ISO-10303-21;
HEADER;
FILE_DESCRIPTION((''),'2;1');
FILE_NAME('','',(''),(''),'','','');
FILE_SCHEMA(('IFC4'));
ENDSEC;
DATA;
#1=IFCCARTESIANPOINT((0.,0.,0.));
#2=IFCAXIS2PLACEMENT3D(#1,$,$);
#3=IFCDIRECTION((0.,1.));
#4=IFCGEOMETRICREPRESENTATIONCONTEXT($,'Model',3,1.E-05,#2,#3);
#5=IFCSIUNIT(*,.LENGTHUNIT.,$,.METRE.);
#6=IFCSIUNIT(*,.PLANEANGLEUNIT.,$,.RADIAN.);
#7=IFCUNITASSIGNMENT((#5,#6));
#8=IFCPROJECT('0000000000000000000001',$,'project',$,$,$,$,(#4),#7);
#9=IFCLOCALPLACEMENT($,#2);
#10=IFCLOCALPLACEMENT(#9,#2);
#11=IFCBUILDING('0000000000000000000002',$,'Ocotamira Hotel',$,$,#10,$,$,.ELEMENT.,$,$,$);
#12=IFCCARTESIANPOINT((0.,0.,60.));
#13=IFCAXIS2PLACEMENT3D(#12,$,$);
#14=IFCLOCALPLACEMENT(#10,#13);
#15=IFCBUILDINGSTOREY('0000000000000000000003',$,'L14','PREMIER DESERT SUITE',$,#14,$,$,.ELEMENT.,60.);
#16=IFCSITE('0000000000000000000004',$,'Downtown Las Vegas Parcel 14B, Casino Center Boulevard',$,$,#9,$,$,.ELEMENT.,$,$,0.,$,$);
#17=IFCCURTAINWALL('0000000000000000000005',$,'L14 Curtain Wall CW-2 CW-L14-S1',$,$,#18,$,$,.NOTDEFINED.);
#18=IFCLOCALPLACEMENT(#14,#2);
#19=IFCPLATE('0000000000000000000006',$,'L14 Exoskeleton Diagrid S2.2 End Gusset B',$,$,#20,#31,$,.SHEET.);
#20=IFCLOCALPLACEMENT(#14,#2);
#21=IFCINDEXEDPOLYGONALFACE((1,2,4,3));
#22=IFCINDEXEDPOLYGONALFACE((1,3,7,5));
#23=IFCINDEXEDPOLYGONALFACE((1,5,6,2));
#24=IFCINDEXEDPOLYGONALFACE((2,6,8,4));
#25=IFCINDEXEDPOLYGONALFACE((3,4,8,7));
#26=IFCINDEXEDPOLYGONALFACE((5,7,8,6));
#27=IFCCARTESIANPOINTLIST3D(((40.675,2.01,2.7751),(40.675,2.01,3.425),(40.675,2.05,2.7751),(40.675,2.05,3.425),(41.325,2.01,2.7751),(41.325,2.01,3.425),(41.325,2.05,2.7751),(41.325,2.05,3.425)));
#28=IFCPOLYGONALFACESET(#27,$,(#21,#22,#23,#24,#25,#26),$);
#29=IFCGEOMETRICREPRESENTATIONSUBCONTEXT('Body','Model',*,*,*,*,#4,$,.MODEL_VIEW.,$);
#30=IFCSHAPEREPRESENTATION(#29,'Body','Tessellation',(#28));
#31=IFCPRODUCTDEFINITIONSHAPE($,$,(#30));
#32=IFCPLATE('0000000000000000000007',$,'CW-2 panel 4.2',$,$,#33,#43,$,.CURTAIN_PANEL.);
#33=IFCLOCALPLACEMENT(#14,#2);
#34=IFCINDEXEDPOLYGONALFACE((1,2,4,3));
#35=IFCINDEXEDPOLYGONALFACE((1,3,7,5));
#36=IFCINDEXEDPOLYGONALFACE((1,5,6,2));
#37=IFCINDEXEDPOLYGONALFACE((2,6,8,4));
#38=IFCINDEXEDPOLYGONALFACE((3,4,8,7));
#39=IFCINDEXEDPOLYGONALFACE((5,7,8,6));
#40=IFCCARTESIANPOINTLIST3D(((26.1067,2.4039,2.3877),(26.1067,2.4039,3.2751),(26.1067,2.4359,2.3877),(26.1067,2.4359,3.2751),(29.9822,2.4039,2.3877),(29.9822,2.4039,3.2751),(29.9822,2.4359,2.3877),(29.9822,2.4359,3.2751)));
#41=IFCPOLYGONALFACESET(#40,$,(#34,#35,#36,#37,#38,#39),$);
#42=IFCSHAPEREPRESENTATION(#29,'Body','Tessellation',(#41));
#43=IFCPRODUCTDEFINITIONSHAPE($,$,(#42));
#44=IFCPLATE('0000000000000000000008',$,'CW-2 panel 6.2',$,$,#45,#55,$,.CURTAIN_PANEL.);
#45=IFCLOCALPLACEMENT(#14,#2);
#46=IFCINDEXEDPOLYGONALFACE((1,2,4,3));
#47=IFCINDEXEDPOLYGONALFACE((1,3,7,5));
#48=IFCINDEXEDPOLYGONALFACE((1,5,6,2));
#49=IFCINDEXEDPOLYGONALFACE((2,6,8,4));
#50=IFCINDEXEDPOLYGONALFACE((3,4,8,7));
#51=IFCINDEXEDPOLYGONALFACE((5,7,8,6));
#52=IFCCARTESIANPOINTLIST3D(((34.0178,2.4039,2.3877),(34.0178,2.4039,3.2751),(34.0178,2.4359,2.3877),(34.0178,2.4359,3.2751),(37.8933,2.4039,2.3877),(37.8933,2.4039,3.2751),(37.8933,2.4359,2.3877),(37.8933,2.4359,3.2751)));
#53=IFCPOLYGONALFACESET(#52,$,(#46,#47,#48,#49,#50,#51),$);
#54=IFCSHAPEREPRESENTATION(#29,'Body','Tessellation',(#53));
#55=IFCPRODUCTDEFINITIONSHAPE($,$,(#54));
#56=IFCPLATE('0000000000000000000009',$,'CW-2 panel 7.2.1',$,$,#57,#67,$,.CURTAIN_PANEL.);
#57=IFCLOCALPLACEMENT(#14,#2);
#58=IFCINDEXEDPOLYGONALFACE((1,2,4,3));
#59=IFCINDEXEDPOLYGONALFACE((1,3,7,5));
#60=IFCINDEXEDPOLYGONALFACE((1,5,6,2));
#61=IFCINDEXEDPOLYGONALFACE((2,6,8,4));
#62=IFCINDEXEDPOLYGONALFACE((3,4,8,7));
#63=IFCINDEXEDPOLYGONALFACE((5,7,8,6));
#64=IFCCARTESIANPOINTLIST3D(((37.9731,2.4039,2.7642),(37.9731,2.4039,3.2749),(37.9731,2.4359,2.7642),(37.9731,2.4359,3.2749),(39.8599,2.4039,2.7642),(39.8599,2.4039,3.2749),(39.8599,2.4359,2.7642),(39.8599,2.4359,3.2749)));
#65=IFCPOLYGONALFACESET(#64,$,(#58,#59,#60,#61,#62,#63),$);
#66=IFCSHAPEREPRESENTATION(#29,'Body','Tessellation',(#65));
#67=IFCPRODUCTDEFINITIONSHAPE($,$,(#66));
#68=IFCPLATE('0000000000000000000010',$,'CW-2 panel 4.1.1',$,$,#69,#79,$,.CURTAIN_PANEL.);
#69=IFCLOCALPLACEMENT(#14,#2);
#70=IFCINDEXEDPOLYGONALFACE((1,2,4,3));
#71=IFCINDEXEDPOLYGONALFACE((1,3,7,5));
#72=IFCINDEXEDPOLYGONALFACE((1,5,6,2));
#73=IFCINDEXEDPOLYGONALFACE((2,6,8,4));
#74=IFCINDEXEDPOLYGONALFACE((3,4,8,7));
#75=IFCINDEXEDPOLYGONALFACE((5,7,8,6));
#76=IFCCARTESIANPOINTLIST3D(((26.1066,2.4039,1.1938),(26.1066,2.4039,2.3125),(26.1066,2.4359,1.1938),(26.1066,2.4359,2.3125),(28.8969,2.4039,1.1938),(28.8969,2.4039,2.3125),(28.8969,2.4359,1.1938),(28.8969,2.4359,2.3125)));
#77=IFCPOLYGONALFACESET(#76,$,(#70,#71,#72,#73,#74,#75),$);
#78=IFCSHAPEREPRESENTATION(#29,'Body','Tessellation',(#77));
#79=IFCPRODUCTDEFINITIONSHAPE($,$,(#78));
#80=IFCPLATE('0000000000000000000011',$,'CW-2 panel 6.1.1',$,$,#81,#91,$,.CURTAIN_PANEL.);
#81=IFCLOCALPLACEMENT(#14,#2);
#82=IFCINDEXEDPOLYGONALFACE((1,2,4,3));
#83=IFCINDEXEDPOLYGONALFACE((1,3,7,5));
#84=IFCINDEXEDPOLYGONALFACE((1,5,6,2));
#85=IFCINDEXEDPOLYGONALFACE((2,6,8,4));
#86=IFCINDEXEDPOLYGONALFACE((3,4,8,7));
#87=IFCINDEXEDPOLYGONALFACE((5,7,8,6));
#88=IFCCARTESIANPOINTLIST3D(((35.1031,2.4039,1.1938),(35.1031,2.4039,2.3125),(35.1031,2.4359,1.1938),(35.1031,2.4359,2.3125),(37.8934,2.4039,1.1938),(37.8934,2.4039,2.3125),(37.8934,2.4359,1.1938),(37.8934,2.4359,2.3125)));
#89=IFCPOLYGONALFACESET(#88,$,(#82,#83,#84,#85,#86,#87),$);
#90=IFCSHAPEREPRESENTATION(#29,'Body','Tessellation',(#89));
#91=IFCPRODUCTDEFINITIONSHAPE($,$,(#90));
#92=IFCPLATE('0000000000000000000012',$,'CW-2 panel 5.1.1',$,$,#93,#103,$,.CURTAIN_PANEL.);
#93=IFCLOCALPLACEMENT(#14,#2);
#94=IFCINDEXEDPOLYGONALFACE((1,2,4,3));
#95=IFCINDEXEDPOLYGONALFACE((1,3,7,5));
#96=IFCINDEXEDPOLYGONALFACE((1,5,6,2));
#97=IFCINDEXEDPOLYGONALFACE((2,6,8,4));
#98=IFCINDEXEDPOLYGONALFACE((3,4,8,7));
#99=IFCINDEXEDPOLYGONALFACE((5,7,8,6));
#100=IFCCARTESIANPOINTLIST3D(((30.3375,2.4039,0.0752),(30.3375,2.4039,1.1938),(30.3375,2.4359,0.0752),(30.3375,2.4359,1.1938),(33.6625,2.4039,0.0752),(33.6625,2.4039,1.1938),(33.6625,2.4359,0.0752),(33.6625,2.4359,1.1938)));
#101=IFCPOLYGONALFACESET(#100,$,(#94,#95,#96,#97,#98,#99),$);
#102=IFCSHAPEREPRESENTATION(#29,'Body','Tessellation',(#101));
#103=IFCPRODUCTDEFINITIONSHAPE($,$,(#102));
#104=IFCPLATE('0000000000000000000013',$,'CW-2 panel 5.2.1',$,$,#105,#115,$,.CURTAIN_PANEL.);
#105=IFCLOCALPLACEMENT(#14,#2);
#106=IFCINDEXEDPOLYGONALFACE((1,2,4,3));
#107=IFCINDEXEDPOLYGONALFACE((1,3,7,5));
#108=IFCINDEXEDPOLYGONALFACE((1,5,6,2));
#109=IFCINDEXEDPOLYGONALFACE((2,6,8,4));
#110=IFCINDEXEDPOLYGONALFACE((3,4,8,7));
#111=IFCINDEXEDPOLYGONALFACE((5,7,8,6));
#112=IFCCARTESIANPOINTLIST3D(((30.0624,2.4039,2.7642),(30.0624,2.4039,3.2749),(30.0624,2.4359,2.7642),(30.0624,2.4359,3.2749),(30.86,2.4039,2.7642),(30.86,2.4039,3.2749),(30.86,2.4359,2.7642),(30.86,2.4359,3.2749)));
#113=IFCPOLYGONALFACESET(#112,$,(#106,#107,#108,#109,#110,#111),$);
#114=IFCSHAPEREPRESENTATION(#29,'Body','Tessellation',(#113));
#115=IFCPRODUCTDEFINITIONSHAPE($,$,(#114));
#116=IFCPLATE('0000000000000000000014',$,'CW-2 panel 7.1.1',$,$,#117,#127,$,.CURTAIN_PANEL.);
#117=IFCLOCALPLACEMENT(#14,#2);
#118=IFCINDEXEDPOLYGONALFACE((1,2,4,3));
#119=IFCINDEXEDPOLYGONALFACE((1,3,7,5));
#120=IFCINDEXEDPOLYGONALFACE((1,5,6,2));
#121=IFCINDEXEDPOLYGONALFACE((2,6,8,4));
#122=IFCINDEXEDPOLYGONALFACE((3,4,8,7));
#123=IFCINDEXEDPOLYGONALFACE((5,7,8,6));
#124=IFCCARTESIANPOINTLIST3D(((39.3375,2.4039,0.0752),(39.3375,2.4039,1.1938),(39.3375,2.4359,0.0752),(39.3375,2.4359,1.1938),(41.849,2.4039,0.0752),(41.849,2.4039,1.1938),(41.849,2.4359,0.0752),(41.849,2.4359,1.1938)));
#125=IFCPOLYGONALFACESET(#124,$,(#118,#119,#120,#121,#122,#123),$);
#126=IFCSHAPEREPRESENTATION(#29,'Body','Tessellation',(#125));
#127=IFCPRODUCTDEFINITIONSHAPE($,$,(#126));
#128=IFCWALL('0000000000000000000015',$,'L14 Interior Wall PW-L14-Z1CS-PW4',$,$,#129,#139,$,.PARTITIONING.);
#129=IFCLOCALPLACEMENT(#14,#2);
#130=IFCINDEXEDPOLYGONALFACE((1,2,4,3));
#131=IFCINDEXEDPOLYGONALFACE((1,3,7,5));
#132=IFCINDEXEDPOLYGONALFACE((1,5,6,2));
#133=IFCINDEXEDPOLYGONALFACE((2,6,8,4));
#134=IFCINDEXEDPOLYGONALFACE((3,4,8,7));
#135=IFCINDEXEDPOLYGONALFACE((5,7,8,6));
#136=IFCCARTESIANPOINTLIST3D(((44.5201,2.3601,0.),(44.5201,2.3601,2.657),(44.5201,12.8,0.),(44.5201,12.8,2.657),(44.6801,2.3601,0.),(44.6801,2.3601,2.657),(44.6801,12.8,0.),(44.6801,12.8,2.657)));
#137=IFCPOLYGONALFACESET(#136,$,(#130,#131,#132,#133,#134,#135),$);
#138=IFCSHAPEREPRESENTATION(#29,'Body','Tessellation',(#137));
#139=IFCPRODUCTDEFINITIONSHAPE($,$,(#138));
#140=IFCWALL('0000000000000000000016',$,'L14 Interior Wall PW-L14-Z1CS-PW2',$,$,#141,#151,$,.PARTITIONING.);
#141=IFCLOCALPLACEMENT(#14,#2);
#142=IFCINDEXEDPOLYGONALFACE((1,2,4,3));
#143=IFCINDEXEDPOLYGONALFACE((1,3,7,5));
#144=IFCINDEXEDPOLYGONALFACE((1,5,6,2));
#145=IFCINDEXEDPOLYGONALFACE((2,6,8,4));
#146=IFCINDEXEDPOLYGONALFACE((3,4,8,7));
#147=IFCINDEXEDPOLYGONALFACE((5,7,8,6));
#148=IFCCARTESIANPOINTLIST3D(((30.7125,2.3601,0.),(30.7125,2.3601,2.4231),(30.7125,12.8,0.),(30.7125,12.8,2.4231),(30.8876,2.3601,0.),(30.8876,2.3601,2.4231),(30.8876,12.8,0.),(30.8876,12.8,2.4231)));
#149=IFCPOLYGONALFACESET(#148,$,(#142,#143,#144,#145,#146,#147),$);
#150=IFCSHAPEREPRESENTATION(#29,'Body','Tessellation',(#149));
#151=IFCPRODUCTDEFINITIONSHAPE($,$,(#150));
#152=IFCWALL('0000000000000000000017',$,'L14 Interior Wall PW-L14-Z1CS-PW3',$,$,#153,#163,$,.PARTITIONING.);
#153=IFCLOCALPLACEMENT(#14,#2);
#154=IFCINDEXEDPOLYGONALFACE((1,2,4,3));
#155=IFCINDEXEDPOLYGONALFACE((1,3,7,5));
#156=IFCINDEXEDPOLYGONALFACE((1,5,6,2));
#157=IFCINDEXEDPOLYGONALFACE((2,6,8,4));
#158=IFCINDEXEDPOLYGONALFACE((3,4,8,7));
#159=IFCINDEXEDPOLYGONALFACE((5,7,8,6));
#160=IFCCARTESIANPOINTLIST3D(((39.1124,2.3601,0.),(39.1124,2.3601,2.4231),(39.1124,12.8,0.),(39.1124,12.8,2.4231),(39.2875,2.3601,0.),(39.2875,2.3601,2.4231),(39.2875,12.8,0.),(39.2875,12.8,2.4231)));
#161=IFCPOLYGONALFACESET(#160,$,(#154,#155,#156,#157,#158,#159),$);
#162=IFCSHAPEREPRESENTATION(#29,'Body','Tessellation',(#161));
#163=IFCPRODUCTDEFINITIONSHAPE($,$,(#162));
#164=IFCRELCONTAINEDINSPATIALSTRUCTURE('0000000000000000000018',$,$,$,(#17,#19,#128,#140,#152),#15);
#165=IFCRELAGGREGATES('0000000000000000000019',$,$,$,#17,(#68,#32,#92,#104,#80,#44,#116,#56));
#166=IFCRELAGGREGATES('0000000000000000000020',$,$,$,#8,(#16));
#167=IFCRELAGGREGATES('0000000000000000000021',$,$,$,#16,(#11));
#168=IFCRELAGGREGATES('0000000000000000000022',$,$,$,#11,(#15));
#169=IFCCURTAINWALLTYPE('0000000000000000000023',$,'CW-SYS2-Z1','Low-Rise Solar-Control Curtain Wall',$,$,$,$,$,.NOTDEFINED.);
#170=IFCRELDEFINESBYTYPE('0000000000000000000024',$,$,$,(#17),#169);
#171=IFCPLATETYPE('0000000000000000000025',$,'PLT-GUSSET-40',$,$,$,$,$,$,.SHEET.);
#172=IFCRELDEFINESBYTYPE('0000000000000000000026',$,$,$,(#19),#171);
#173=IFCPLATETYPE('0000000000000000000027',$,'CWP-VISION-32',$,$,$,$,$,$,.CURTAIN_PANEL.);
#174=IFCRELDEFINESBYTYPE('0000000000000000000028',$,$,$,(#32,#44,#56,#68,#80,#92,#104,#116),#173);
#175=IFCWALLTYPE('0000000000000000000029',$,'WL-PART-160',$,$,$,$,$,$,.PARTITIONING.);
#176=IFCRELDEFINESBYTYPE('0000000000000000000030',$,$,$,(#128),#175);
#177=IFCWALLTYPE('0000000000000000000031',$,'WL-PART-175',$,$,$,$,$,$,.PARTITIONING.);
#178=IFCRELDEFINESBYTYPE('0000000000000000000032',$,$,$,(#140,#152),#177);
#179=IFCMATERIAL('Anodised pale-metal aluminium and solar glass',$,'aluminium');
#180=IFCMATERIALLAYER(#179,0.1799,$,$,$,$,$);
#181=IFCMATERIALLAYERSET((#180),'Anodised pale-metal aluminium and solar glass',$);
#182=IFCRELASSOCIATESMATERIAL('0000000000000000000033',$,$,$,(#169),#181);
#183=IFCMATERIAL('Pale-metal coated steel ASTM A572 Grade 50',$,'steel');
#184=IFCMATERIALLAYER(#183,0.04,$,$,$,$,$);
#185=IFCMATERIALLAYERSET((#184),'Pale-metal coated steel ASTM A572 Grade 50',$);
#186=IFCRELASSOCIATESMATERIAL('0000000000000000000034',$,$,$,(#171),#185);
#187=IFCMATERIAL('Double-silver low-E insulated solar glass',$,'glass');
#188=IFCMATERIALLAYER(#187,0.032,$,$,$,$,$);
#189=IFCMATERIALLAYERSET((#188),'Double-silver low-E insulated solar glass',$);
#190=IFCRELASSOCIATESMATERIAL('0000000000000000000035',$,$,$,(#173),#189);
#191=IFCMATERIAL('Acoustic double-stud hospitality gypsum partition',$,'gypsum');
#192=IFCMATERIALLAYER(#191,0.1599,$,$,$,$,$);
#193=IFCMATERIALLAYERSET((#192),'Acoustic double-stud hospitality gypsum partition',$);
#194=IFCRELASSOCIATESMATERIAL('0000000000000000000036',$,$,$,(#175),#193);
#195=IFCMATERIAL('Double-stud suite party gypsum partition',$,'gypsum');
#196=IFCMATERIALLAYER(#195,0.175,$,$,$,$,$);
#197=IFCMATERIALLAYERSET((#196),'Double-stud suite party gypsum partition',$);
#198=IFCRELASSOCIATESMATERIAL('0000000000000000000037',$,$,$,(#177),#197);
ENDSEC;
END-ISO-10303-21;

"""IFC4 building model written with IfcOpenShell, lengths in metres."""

from ifc_helpers import new_model, si_unit, direction, frame, frame_2d, origin, origin_2d, place, context, subcontext, project, spatial, rectangle, extrude, source, transform, mapped, material, layer, layer_set, type_object, element, aggregate, save


model = new_model("IFC4")

# Units and contexts
model_context = context("Model", 3, precision=1e-05, world=origin(), true_north=direction((0.0, 1.0)))
body_context = subcontext(model_context, "Body", "Model", "MODEL_VIEW")
ifc_project = project(units=[si_unit("LENGTHUNIT", "METRE"), si_unit("PLANEANGLEUNIT", "RADIAN")], contexts=[model_context])

# Site, building, storey
site_placement = place(None, origin())
site = spatial("IfcSite", under=ifc_project, at=site_placement, Name="Downtown Las Vegas Parcel 14B, Casino Center Boulevard", CompositionType="ELEMENT", RefElevation=0.0)
building_placement = place(site_placement, origin())
building = spatial("IfcBuilding", under=site, at=building_placement, Name="Ocotamira Hotel", CompositionType="ELEMENT")
storey_placement = place(building_placement, frame((0.0, 0.0, 60.0)))
storey = spatial("IfcBuildingStorey", under=building, at=storey_placement, Name="L14", Description="PREMIER DESERT SUITE", CompositionType="ELEMENT", Elevation=60.0)

# Curtain wall
ifc_material_1 = material(Name="Anodised pale-metal aluminium and solar glass", Category="aluminium")
ifc_layer_1 = layer(ifc_material_1, 0.1799)
ifc_layer_set_1 = layer_set([ifc_layer_1], Name="Anodised pale-metal aluminium and solar glass")
curtain_wall_type = type_object("IfcCurtainWallType", Name="CW-SYS2-Z1", Description="Low-Rise Solar-Control Curtain Wall", PredefinedType="NOTDEFINED", material=ifc_layer_set_1)
curtain_wall_placement = place(storey_placement, origin())
curtain_wall = element("IfcCurtainWall", 1, at=curtain_wall_placement, inside=storey, type_object=curtain_wall_type, Name="L14 Curtain Wall CW-2 CW-L14-S1", PredefinedType="NOTDEFINED")

# Plate
ifc_material_2 = material(Name="Pale-metal coated steel ASTM A572 Grade 50", Category="steel")
ifc_layer_2 = layer(ifc_material_2, 0.04)
ifc_layer_set_2 = layer_set([ifc_layer_2], Name="Pale-metal coated steel ASTM A572 Grade 50")
plate_type_1 = type_object("IfcPlateType", Name="PLT-GUSSET-40", PredefinedType="SHEET", material=ifc_layer_set_2)
shared_shape_1 = source(origin(), body_context, "Body", "SweptSolid", [
    extrude(rectangle(XDim=0.6499, YDim=0.04, at=origin_2d()), origin(), (0.0, 0.0, 1.0), 0.6499),
])
for number, where, z_axis, x_axis, name in (
    (2, (41.0, 2.03, 2.7751), (0.0, 0.0, 1.0), (1.0, 0.0, 0.0), "L14 Exoskeleton Diagrid S2.2 End Gusset B"),
):
    element("IfcPlate", number, at=place(storey_placement, frame(where, z_axis=z_axis, x_axis=x_axis)), inside=storey, type_object=plate_type_1, Name=name, PredefinedType="SHEET", context=body_context, shape_type="MappedRepresentation", body=[
        mapped(shared_shape_1, transform((0.0, 0.0, 0.0), scale=1.0)),
    ])

# Plates
ifc_material_3 = material(Name="Double-silver low-E insulated solar glass", Category="glass")
ifc_layer_3 = layer(ifc_material_3, 0.032)
ifc_layer_set_3 = layer_set([ifc_layer_3], Name="Double-silver low-E insulated solar glass")
plate_type_2 = type_object("IfcPlateType", Name="CWP-VISION-32", PredefinedType="CURTAIN_PANEL", material=ifc_layer_set_3)
shared_shape_2 = source(origin(), body_context, "Body", "SweptSolid", [
    extrude(rectangle(XDim=3.8755, YDim=0.032, at=origin_2d()), origin(), (0.0, 0.0, 1.0), 0.8875),
])
plate_1_placement = place(storey_placement, frame((28.0444, 2.4199, 2.3877), z_axis=(0.0, 0.0, 1.0), x_axis=(1.0, 0.0, 0.0)))
plate_1 = element("IfcPlate", 3, at=plate_1_placement, type_object=plate_type_2, Name="CW-2 panel 4.2", PredefinedType="CURTAIN_PANEL", context=body_context, shape_type="MappedRepresentation", body=[
    mapped(shared_shape_2, transform((0.0, 0.0, 0.0), scale=1.0)),
])
plate_2_placement = place(storey_placement, frame((35.9556, 2.4199, 2.3877), z_axis=(0.0, 0.0, 1.0), x_axis=(1.0, 0.0, 0.0)))
plate_2 = element("IfcPlate", 4, at=plate_2_placement, type_object=plate_type_2, Name="CW-2 panel 6.2", PredefinedType="CURTAIN_PANEL", context=body_context, shape_type="MappedRepresentation", body=[
    mapped(shared_shape_2, transform((0.0, 0.0, 0.0), scale=1.0)),
])
shared_shape_3 = source(origin(), body_context, "Body", "SweptSolid", [
    extrude(rectangle(XDim=1.8867, YDim=0.032, at=origin_2d()), origin(), (0.0, 0.0, 1.0), 0.5107),
])
plate_3_placement = place(storey_placement, frame((38.9165, 2.4199, 2.7642), z_axis=(0.0, 0.0, 1.0), x_axis=(1.0, 0.0, 0.0)))
plate_3 = element("IfcPlate", 5, at=plate_3_placement, type_object=plate_type_2, Name="CW-2 panel 7.2.1", PredefinedType="CURTAIN_PANEL", context=body_context, shape_type="MappedRepresentation", body=[
    mapped(shared_shape_3, transform((0.0, 0.0, 0.0), scale=1.0)),
])
shared_shape_4 = source(origin(), body_context, "Body", "SweptSolid", [
    extrude(rectangle(XDim=2.7903, YDim=0.032, at=origin_2d()), origin(), (0.0, 0.0, 1.0), 1.1187),
])
plate_4_placement = place(storey_placement, frame((27.5017, 2.4199, 1.1938), z_axis=(0.0, 0.0, 1.0), x_axis=(1.0, 0.0, 0.0)))
plate_4 = element("IfcPlate", 6, at=plate_4_placement, type_object=plate_type_2, Name="CW-2 panel 4.1.1", PredefinedType="CURTAIN_PANEL", context=body_context, shape_type="MappedRepresentation", body=[
    mapped(shared_shape_4, transform((0.0, 0.0, 0.0), scale=1.0)),
])
plate_5_placement = place(storey_placement, frame((36.4983, 2.4199, 1.1938), z_axis=(0.0, 0.0, 1.0), x_axis=(1.0, 0.0, 0.0)))
plate_5 = element("IfcPlate", 7, at=plate_5_placement, type_object=plate_type_2, Name="CW-2 panel 6.1.1", PredefinedType="CURTAIN_PANEL", context=body_context, shape_type="MappedRepresentation", body=[
    mapped(shared_shape_4, transform((0.0, 0.0, 0.0), scale=1.0)),
])
shared_shape_5 = source(origin(), body_context, "Body", "SweptSolid", [
    extrude(rectangle(XDim=3.325, YDim=0.032, at=origin_2d()), origin(), (0.0, 0.0, 1.0), 1.1187),
])
plate_6_placement = place(storey_placement, frame((32.0, 2.4199, 0.0752), z_axis=(0.0, 0.0, 1.0), x_axis=(1.0, 0.0, 0.0)))
plate_6 = element("IfcPlate", 8, at=plate_6_placement, type_object=plate_type_2, Name="CW-2 panel 5.1.1", PredefinedType="CURTAIN_PANEL", context=body_context, shape_type="MappedRepresentation", body=[
    mapped(shared_shape_5, transform((0.0, 0.0, 0.0), scale=1.0)),
])
shared_shape_6 = source(origin(), body_context, "Body", "SweptSolid", [
    extrude(rectangle(XDim=0.7976, YDim=0.032, at=origin_2d()), origin(), (0.0, 0.0, 1.0), 0.5107),
])
plate_7_placement = place(storey_placement, frame((30.4612, 2.4199, 2.7642), z_axis=(0.0, 0.0, 1.0), x_axis=(1.0, 0.0, 0.0)))
plate_7 = element("IfcPlate", 9, at=plate_7_placement, type_object=plate_type_2, Name="CW-2 panel 5.2.1", PredefinedType="CURTAIN_PANEL", context=body_context, shape_type="MappedRepresentation", body=[
    mapped(shared_shape_6, transform((0.0, 0.0, 0.0), scale=1.0)),
])
shared_shape_7 = source(origin(), body_context, "Body", "SweptSolid", [
    extrude(rectangle(XDim=2.5115, YDim=0.032, at=origin_2d()), origin(), (0.0, 0.0, 1.0), 1.1187),
])
plate_8_placement = place(storey_placement, frame((40.5933, 2.4199, 0.0752), z_axis=(0.0, 0.0, 1.0), x_axis=(1.0, 0.0, 0.0)))
plate_8 = element("IfcPlate", 10, at=plate_8_placement, type_object=plate_type_2, Name="CW-2 panel 7.1.1", PredefinedType="CURTAIN_PANEL", context=body_context, shape_type="MappedRepresentation", body=[
    mapped(shared_shape_7, transform((0.0, 0.0, 0.0), scale=1.0)),
])
aggregate(curtain_wall, [plate_4, plate_1, plate_6, plate_7, plate_5, plate_2, plate_8, plate_3])

# Walls
ifc_material_4 = material(Name="Acoustic double-stud hospitality gypsum partition", Category="gypsum")
ifc_layer_4 = layer(ifc_material_4, 0.1599)
ifc_layer_set_4 = layer_set([ifc_layer_4], Name="Acoustic double-stud hospitality gypsum partition")
wall_type_1 = type_object("IfcWallType", Name="WL-PART-160", PredefinedType="PARTITIONING", material=ifc_layer_set_4)
wall_placement = place(storey_placement, frame((44.6001, 2.3601, 0.0), z_axis=(0.0, 0.0, 1.0), x_axis=(0.0, 1.0, 0.0)))
element("IfcWall", 11, at=wall_placement, inside=storey, type_object=wall_type_1, Name="L14 Interior Wall PW-L14-Z1CS-PW4", PredefinedType="PARTITIONING", context=body_context, shape_type="SweptSolid", body=[
    extrude(rectangle(XDim=10.4399, YDim=0.1599, at=frame_2d((5.22, 0.0))), origin(), (0.0, 0.0, 1.0), 2.657),
])
ifc_material_5 = material(Name="Double-stud suite party gypsum partition", Category="gypsum")
ifc_layer_5 = layer(ifc_material_5, 0.175)
ifc_layer_set_5 = layer_set([ifc_layer_5], Name="Double-stud suite party gypsum partition")
wall_type_2 = type_object("IfcWallType", Name="WL-PART-175", PredefinedType="PARTITIONING", material=ifc_layer_set_5)
for number, where, z_axis, x_axis, name in (
    (12, (30.8, 2.3601, 0.0), (0.0, 0.0, 1.0), (0.0, 1.0, 0.0), "L14 Interior Wall PW-L14-Z1CS-PW2"),
    (13, (39.2, 2.3601, 0.0), (0.0, 0.0, 1.0), (0.0, 1.0, 0.0), "L14 Interior Wall PW-L14-Z1CS-PW3"),
):
    element("IfcWall", number, at=place(storey_placement, frame(where, z_axis=z_axis, x_axis=x_axis)), inside=storey, type_object=wall_type_2, Name=name, PredefinedType="PARTITIONING", context=body_context, shape_type="SweptSolid", body=[
        extrude(rectangle(XDim=10.4399, YDim=0.175, at=frame_2d((5.22, 0.0))), origin(), (0.0, 0.0, 1.0), 2.4231),
    ])

save(model, "model.ifc")
